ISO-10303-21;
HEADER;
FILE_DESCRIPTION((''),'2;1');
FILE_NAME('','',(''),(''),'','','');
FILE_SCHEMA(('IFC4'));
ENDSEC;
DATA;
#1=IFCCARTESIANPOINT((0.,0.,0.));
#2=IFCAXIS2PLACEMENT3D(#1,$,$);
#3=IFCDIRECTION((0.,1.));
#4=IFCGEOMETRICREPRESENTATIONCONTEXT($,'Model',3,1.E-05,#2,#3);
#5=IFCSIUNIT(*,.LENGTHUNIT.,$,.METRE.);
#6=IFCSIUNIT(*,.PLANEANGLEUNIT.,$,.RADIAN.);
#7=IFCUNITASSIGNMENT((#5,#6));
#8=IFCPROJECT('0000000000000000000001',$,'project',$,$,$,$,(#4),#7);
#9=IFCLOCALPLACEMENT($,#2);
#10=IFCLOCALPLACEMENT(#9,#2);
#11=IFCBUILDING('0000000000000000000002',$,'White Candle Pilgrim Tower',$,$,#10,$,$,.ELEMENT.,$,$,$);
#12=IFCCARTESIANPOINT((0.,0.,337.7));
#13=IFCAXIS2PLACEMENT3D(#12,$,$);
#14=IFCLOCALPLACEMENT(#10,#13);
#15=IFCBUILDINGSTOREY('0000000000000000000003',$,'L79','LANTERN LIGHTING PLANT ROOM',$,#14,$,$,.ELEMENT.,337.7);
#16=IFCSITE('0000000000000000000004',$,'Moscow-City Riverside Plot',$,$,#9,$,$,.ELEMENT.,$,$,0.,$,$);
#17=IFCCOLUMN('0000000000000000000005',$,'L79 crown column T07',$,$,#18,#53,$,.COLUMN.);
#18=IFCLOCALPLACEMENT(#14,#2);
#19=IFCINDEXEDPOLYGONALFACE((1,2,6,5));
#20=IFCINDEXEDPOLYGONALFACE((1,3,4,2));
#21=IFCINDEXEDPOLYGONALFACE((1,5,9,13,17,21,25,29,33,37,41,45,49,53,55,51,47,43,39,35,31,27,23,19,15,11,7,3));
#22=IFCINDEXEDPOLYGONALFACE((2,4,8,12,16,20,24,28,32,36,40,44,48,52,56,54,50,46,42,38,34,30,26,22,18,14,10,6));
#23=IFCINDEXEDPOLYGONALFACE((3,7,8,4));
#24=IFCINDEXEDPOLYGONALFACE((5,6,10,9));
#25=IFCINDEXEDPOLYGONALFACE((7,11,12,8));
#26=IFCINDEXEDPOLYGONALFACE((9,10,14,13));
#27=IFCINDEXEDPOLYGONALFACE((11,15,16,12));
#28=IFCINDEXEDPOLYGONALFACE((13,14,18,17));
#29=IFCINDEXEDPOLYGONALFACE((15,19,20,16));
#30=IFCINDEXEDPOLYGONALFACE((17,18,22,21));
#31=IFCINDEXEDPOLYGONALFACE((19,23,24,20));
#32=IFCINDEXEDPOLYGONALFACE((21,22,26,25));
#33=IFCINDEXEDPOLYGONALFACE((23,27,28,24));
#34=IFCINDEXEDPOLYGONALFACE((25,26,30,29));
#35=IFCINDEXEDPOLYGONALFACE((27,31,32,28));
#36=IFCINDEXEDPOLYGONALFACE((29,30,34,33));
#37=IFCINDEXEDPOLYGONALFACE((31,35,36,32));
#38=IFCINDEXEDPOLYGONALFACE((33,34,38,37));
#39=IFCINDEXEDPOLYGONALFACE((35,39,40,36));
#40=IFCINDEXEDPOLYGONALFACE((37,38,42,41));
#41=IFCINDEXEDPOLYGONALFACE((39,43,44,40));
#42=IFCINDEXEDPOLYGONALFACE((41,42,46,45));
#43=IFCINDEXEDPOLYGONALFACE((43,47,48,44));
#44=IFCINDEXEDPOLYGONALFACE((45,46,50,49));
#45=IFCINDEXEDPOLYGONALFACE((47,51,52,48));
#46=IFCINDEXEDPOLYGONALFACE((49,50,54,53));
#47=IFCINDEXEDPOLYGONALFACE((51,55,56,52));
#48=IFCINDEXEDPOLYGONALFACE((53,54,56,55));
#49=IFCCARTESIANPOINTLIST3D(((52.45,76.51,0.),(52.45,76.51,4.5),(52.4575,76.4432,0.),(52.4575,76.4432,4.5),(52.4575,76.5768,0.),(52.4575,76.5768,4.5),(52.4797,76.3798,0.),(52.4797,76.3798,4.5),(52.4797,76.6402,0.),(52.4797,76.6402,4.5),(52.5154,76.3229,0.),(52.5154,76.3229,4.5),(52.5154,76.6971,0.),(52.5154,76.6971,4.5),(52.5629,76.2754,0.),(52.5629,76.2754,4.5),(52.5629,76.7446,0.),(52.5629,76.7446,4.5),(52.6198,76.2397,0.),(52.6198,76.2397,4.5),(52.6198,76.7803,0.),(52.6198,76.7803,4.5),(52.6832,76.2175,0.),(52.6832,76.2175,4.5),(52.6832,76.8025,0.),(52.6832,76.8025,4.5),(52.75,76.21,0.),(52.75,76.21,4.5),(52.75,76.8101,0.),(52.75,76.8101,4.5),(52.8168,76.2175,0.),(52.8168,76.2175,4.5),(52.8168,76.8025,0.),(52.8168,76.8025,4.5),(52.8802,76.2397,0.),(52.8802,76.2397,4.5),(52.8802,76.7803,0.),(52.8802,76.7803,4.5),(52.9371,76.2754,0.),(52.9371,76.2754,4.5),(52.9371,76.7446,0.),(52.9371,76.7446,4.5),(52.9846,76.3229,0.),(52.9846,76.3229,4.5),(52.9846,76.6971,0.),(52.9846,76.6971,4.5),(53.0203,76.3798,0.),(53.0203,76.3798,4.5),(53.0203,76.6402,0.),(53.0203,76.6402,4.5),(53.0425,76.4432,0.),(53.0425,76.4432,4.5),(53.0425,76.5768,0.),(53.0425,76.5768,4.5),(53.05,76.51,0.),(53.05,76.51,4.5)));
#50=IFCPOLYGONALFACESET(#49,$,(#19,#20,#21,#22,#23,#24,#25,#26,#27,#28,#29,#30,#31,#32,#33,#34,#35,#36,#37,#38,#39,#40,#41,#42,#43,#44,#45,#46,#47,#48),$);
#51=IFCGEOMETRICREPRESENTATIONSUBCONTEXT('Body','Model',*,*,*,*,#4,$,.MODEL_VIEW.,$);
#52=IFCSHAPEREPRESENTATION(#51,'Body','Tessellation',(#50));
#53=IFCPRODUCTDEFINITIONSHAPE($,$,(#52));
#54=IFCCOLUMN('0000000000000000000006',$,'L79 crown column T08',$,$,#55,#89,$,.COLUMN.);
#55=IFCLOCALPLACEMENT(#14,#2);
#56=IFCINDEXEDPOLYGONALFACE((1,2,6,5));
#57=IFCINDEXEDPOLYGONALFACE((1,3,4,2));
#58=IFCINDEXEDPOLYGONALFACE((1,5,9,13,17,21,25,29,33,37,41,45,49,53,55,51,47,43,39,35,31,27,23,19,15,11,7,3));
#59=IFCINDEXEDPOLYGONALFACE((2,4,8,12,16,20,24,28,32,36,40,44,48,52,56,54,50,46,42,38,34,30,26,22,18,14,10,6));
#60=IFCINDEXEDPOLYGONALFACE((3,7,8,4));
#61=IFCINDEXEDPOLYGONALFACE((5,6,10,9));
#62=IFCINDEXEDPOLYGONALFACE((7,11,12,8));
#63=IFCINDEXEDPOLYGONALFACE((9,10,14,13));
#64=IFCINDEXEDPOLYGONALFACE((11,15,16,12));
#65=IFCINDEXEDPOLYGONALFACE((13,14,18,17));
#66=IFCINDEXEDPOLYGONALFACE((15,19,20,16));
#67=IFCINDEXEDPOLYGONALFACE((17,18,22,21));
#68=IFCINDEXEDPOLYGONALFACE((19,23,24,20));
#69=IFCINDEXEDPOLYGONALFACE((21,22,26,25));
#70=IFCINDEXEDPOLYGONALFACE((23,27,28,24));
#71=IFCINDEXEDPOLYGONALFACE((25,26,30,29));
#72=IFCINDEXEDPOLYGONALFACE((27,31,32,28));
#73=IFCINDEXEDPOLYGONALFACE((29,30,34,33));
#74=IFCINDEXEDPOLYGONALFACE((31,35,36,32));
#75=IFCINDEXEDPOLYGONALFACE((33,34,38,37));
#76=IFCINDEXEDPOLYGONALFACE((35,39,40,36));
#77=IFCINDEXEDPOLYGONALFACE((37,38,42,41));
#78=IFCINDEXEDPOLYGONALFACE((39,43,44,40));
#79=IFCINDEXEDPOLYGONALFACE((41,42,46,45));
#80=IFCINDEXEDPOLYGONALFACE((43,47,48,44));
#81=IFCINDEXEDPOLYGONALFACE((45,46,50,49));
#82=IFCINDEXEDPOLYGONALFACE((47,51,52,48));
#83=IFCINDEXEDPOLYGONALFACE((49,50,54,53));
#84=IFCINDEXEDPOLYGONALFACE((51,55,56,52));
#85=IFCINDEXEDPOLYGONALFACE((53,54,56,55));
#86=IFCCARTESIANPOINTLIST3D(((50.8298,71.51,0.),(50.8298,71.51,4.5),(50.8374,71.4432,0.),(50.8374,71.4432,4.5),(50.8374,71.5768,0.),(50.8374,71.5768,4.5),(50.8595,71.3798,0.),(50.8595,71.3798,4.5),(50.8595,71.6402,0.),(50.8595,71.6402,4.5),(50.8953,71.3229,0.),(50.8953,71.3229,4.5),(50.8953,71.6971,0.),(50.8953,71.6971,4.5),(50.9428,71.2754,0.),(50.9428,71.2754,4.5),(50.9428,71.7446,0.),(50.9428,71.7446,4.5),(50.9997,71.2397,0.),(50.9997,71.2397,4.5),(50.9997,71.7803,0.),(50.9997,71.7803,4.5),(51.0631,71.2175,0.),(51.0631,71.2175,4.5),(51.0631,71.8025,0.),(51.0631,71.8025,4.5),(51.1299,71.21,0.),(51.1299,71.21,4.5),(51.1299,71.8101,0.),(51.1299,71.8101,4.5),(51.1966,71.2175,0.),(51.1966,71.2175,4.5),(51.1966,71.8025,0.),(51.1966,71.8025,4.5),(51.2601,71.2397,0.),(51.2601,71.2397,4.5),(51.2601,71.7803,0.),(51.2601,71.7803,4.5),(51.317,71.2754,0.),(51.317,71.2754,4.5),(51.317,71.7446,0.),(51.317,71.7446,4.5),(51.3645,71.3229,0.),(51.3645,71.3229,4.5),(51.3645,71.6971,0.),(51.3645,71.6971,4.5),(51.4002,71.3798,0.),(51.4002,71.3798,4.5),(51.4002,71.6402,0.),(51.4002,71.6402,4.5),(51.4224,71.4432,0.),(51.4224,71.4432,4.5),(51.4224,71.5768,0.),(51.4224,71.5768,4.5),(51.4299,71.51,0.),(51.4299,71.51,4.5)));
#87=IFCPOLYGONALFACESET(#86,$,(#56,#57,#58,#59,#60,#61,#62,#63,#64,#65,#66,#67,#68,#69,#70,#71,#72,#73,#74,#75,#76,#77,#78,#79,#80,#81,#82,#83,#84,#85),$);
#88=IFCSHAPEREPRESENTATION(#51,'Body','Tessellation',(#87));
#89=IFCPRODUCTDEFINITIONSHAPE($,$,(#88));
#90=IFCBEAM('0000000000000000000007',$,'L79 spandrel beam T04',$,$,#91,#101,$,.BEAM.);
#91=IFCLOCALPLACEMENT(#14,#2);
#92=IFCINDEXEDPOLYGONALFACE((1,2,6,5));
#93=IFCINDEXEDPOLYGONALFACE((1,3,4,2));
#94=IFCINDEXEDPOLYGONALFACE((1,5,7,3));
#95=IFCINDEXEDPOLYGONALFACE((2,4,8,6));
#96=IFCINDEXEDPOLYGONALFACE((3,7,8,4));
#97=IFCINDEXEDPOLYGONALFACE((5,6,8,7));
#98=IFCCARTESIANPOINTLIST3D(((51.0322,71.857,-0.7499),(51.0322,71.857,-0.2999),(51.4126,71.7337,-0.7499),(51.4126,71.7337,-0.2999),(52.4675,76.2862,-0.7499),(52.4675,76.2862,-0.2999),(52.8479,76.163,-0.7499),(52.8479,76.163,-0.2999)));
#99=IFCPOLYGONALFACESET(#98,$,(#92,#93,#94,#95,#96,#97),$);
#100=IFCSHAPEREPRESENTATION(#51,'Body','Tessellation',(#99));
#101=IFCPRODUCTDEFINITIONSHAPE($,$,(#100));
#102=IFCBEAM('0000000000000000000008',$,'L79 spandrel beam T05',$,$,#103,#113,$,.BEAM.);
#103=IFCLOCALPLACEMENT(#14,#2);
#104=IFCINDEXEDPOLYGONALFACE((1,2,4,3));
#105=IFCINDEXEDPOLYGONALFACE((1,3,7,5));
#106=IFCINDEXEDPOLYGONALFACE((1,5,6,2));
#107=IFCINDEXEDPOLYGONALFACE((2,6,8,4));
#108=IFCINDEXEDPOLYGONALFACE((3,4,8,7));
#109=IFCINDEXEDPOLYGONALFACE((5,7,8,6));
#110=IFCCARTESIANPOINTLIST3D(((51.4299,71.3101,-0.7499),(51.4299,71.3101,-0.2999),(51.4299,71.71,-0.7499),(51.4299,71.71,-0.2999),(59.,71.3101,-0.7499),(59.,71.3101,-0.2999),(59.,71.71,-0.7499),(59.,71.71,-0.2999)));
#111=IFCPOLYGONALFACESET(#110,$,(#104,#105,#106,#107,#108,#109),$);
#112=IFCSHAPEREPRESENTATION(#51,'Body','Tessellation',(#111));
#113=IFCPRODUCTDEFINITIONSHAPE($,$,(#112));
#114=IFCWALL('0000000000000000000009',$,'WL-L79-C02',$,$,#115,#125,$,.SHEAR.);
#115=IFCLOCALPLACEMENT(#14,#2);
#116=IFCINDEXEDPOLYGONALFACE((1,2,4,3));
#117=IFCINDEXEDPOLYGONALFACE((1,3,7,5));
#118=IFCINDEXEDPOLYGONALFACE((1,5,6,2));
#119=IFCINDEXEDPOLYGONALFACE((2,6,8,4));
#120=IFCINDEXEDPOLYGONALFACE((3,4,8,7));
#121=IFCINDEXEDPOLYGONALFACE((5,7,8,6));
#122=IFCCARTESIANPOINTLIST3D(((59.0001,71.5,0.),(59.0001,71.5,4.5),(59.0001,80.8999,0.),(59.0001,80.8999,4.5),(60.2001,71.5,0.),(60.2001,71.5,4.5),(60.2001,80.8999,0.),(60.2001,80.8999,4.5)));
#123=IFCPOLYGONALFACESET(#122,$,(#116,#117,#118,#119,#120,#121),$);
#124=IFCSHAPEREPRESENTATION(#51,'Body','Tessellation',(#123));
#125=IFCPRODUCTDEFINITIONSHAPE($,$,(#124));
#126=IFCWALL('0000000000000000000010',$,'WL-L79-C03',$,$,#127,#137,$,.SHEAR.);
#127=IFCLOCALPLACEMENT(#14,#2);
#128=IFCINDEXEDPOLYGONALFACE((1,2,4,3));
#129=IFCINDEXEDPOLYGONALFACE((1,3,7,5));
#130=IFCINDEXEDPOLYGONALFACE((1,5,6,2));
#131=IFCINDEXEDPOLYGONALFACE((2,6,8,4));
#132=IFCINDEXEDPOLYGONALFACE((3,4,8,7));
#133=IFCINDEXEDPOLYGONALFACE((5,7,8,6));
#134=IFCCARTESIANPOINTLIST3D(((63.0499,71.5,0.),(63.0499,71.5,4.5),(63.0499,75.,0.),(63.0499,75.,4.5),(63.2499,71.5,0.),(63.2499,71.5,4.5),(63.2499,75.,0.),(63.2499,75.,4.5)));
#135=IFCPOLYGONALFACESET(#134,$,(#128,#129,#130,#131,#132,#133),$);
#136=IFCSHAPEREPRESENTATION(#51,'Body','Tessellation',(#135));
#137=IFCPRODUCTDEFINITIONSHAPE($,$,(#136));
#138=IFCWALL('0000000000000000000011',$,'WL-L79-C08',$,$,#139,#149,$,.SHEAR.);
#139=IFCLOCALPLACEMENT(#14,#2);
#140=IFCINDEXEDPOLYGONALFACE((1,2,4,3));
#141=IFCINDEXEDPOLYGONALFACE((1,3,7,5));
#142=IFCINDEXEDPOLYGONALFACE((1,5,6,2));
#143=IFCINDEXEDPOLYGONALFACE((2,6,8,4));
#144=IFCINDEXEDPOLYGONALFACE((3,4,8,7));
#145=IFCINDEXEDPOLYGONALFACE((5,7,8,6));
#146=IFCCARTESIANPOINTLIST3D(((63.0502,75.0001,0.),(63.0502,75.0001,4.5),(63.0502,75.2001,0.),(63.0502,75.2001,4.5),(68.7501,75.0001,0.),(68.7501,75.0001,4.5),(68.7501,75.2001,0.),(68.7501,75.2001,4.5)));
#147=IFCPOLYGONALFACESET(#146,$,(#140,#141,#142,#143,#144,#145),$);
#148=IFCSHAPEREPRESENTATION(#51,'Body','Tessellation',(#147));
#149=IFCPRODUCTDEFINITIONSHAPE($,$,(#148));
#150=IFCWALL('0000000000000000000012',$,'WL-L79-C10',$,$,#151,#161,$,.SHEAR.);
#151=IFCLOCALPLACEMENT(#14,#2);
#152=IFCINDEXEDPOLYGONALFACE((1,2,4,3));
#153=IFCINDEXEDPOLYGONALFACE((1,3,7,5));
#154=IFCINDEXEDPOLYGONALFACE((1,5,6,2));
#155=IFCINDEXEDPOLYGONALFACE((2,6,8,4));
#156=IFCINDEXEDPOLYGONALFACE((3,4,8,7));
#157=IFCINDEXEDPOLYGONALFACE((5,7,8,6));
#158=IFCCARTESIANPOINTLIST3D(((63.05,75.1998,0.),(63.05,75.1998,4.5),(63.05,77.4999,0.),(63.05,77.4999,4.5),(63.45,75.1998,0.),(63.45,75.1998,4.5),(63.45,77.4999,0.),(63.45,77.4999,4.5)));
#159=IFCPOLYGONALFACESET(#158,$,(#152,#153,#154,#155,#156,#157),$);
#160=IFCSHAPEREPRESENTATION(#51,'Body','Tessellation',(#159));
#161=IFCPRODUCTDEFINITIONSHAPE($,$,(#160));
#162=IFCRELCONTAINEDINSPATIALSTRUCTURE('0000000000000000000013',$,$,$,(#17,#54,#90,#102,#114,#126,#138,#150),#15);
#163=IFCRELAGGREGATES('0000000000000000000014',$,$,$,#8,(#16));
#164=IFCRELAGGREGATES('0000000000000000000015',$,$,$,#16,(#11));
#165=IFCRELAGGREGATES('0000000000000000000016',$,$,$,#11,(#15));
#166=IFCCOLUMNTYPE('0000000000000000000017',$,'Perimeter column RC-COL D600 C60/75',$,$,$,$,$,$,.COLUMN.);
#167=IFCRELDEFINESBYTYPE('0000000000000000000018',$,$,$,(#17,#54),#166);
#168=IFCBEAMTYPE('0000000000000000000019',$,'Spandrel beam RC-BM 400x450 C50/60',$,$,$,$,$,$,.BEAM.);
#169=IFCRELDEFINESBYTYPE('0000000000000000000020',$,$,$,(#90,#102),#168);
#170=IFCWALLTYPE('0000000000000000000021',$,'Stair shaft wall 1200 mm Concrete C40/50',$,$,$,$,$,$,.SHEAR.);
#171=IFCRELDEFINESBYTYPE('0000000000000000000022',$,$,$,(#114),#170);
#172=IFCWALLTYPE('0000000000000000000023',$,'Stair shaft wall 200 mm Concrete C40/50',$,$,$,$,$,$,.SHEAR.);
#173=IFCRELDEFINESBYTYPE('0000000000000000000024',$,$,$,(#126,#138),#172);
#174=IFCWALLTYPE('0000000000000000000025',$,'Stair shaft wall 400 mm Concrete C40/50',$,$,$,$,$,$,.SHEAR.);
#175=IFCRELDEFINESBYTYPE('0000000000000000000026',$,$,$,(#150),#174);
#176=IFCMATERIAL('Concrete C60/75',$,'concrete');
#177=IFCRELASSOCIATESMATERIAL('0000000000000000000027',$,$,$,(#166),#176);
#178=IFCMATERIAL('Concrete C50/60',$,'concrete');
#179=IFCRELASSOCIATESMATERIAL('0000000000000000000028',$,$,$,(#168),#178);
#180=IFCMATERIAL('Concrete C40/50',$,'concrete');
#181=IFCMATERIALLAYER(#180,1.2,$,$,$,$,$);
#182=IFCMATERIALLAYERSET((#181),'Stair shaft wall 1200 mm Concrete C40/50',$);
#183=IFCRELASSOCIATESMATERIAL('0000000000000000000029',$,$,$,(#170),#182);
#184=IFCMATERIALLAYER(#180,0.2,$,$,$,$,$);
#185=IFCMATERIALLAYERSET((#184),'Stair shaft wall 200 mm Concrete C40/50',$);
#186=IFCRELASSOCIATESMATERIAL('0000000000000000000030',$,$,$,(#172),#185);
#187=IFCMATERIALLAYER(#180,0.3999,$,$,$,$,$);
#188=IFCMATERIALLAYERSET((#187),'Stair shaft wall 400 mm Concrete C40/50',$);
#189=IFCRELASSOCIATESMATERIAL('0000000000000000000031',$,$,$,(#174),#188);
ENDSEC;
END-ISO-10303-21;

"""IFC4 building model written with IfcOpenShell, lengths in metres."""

from ifc_helpers import new_model, si_unit, direction, frame, frame_2d, origin, origin_2d, place, context, subcontext, project, spatial, rectangle, circle, extrude, material, layer, layer_set, material_profile, profile_set, type_object, element, save


model = new_model("IFC4")

# Units and contexts
model_context = context("Model", 3, precision=1e-05, world=origin(), true_north=direction((0.0, 1.0)))
body_context = subcontext(model_context, "Body", "Model", "MODEL_VIEW")
ifc_project = project(units=[si_unit("LENGTHUNIT", "METRE"), si_unit("PLANEANGLEUNIT", "RADIAN")], contexts=[model_context])

# Site, building, storey
site_placement = place(None, origin())
site = spatial("IfcSite", under=ifc_project, at=site_placement, Name="Moscow-City Riverside Plot", CompositionType="ELEMENT", RefElevation=0.0)
building_placement = place(site_placement, origin())
building = spatial("IfcBuilding", under=site, at=building_placement, Name="White Candle Pilgrim Tower", CompositionType="ELEMENT")
storey_placement = place(building_placement, frame((0.0, 0.0, 337.7)))
storey = spatial("IfcBuildingStorey", under=building, at=storey_placement, Name="L79", Description="LANTERN LIGHTING PLANT ROOM", CompositionType="ELEMENT", Elevation=337.7)

# Columns
ifc_material_1 = material(Name="Concrete C60/75", Category="concrete")
ifc_material_profile_1 = material_profile(ifc_material_1, circle(Radius=0.3, at=origin_2d()), Name="RC-COL D600")
ifc_profile_set_1 = profile_set([ifc_material_profile_1], Name="Concrete C60/75")
column_type = type_object("IfcColumnType", Name="Perimeter column RC-COL D600 C60/75", PredefinedType="COLUMN", material=ifc_profile_set_1)
for number, where, z_axis, x_axis, name in (
    (1, (52.75, 76.51, 0.0), (0.0, 0.0, 1.0), (1.0, 0.0, 0.0), "L79 crown column T07"),
    (2, (51.1299, 71.51, 0.0), (0.0, 0.0, 1.0), (1.0, 0.0, 0.0), "L79 crown column T08"),
):
    element("IfcColumn", number, at=place(storey_placement, frame(where, z_axis=z_axis, x_axis=x_axis)), inside=storey, type_object=column_type, Name=name, PredefinedType="COLUMN", context=body_context, shape_type="SweptSolid", body=[
        extrude(circle(Radius=0.3, at=origin_2d()), origin(), (0.0, 0.0, 1.0), 4.5),
    ])

# Beams
ifc_material_2 = material(Name="Concrete C50/60", Category="concrete")
ifc_material_profile_2 = material_profile(ifc_material_2, rectangle(XDim=0.3999, YDim=0.45, at=origin_2d()), Name="RC-BM 400x450")
ifc_profile_set_2 = profile_set([ifc_material_profile_2], Name="Concrete C50/60")
beam_type = type_object("IfcBeamType", Name="Spandrel beam RC-BM 400x450 C50/60", PredefinedType="BEAM", material=ifc_profile_set_2)
beam_1_placement = place(storey_placement, frame((52.6577, 76.2246, -0.5249), z_axis=(-0.308273, -0.951298, 0.0), x_axis=(0.951298, -0.308273, 0.0)))
element("IfcBeam", 3, at=beam_1_placement, inside=storey, type_object=beam_type, Name="L79 spandrel beam T04", PredefinedType="BEAM", context=body_context, shape_type="SweptSolid", body=[
    extrude(rectangle(XDim=0.3999, YDim=0.45, at=origin_2d()), origin(), (0.0, 0.0, 1.0), 4.656),
])
beam_2_placement = place(storey_placement, frame((51.4299, 71.51, -0.5249), z_axis=(1.0, 0.0, 0.0), x_axis=(0.0, 1.0, 0.0)))
element("IfcBeam", 4, at=beam_2_placement, inside=storey, type_object=beam_type, Name="L79 spandrel beam T05", PredefinedType="BEAM", context=body_context, shape_type="SweptSolid", body=[
    extrude(rectangle(XDim=0.3999, YDim=0.45, at=origin_2d()), origin(), (0.0, 0.0, 1.0), 7.5701),
])

# Walls
ifc_material_3 = material(Name="Concrete C40/50", Category="concrete")
ifc_layer_1 = layer(ifc_material_3, 1.2)
ifc_layer_set_1 = layer_set([ifc_layer_1], Name="Stair shaft wall 1200 mm Concrete C40/50")
wall_type_1 = type_object("IfcWallType", Name="Stair shaft wall 1200 mm Concrete C40/50", PredefinedType="SHEAR", material=ifc_layer_set_1)
wall_1_placement = place(storey_placement, frame((59.6001, 71.5, 0.0), z_axis=(0.0, 0.0, 1.0), x_axis=(0.0, 1.0, 0.0)))
element("IfcWall", 5, at=wall_1_placement, inside=storey, type_object=wall_type_1, Name="WL-L79-C02", PredefinedType="SHEAR", context=body_context, shape_type="SweptSolid", body=[
    extrude(rectangle(XDim=9.3999, YDim=1.2, at=frame_2d((4.7, 0.0))), origin(), (0.0, 0.0, 1.0), 4.5),
])
ifc_layer_2 = layer(ifc_material_3, 0.2)
ifc_layer_set_2 = layer_set([ifc_layer_2], Name="Stair shaft wall 200 mm Concrete C40/50")
wall_type_2 = type_object("IfcWallType", Name="Stair shaft wall 200 mm Concrete C40/50", PredefinedType="SHEAR", material=ifc_layer_set_2)
wall_2_placement = place(storey_placement, frame((63.1499, 71.5, 0.0), z_axis=(0.0, 0.0, 1.0), x_axis=(0.0, 1.0, 0.0)))
element("IfcWall", 6, at=wall_2_placement, inside=storey, type_object=wall_type_2, Name="WL-L79-C03", PredefinedType="SHEAR", context=body_context, shape_type="SweptSolid", body=[
    extrude(rectangle(XDim=3.5, YDim=0.2, at=frame_2d((1.75, 0.0))), origin(), (0.0, 0.0, 1.0), 4.5),
])
wall_3_placement = place(storey_placement, frame((63.05, 75.1001, 0.0), z_axis=(0.0, 0.0, 1.0), x_axis=(1.0, 0.0, 0.0)))
element("IfcWall", 7, at=wall_3_placement, inside=storey, type_object=wall_type_2, Name="WL-L79-C08", PredefinedType="SHEAR", context=body_context, shape_type="SweptSolid", body=[
    extrude(rectangle(XDim=5.7, YDim=0.2, at=frame_2d((2.8501, 0.0))), origin(), (0.0, 0.0, 1.0), 4.5),
])
ifc_layer_3 = layer(ifc_material_3, 0.3999)
ifc_layer_set_3 = layer_set([ifc_layer_3], Name="Stair shaft wall 400 mm Concrete C40/50")
wall_type_3 = type_object("IfcWallType", Name="Stair shaft wall 400 mm Concrete C40/50", PredefinedType="SHEAR", material=ifc_layer_set_3)
wall_4_placement = place(storey_placement, frame((63.25, 75.2, 0.0), z_axis=(0.0, 0.0, 1.0), x_axis=(0.0, 1.0, 0.0)))
element("IfcWall", 8, at=wall_4_placement, inside=storey, type_object=wall_type_3, Name="WL-L79-C10", PredefinedType="SHEAR", context=body_context, shape_type="SweptSolid", body=[
    extrude(rectangle(XDim=2.3, YDim=0.3999, at=frame_2d((1.1499, 0.0))), origin(), (0.0, 0.0, 1.0), 4.5),
])

save(model, "model.ifc")
